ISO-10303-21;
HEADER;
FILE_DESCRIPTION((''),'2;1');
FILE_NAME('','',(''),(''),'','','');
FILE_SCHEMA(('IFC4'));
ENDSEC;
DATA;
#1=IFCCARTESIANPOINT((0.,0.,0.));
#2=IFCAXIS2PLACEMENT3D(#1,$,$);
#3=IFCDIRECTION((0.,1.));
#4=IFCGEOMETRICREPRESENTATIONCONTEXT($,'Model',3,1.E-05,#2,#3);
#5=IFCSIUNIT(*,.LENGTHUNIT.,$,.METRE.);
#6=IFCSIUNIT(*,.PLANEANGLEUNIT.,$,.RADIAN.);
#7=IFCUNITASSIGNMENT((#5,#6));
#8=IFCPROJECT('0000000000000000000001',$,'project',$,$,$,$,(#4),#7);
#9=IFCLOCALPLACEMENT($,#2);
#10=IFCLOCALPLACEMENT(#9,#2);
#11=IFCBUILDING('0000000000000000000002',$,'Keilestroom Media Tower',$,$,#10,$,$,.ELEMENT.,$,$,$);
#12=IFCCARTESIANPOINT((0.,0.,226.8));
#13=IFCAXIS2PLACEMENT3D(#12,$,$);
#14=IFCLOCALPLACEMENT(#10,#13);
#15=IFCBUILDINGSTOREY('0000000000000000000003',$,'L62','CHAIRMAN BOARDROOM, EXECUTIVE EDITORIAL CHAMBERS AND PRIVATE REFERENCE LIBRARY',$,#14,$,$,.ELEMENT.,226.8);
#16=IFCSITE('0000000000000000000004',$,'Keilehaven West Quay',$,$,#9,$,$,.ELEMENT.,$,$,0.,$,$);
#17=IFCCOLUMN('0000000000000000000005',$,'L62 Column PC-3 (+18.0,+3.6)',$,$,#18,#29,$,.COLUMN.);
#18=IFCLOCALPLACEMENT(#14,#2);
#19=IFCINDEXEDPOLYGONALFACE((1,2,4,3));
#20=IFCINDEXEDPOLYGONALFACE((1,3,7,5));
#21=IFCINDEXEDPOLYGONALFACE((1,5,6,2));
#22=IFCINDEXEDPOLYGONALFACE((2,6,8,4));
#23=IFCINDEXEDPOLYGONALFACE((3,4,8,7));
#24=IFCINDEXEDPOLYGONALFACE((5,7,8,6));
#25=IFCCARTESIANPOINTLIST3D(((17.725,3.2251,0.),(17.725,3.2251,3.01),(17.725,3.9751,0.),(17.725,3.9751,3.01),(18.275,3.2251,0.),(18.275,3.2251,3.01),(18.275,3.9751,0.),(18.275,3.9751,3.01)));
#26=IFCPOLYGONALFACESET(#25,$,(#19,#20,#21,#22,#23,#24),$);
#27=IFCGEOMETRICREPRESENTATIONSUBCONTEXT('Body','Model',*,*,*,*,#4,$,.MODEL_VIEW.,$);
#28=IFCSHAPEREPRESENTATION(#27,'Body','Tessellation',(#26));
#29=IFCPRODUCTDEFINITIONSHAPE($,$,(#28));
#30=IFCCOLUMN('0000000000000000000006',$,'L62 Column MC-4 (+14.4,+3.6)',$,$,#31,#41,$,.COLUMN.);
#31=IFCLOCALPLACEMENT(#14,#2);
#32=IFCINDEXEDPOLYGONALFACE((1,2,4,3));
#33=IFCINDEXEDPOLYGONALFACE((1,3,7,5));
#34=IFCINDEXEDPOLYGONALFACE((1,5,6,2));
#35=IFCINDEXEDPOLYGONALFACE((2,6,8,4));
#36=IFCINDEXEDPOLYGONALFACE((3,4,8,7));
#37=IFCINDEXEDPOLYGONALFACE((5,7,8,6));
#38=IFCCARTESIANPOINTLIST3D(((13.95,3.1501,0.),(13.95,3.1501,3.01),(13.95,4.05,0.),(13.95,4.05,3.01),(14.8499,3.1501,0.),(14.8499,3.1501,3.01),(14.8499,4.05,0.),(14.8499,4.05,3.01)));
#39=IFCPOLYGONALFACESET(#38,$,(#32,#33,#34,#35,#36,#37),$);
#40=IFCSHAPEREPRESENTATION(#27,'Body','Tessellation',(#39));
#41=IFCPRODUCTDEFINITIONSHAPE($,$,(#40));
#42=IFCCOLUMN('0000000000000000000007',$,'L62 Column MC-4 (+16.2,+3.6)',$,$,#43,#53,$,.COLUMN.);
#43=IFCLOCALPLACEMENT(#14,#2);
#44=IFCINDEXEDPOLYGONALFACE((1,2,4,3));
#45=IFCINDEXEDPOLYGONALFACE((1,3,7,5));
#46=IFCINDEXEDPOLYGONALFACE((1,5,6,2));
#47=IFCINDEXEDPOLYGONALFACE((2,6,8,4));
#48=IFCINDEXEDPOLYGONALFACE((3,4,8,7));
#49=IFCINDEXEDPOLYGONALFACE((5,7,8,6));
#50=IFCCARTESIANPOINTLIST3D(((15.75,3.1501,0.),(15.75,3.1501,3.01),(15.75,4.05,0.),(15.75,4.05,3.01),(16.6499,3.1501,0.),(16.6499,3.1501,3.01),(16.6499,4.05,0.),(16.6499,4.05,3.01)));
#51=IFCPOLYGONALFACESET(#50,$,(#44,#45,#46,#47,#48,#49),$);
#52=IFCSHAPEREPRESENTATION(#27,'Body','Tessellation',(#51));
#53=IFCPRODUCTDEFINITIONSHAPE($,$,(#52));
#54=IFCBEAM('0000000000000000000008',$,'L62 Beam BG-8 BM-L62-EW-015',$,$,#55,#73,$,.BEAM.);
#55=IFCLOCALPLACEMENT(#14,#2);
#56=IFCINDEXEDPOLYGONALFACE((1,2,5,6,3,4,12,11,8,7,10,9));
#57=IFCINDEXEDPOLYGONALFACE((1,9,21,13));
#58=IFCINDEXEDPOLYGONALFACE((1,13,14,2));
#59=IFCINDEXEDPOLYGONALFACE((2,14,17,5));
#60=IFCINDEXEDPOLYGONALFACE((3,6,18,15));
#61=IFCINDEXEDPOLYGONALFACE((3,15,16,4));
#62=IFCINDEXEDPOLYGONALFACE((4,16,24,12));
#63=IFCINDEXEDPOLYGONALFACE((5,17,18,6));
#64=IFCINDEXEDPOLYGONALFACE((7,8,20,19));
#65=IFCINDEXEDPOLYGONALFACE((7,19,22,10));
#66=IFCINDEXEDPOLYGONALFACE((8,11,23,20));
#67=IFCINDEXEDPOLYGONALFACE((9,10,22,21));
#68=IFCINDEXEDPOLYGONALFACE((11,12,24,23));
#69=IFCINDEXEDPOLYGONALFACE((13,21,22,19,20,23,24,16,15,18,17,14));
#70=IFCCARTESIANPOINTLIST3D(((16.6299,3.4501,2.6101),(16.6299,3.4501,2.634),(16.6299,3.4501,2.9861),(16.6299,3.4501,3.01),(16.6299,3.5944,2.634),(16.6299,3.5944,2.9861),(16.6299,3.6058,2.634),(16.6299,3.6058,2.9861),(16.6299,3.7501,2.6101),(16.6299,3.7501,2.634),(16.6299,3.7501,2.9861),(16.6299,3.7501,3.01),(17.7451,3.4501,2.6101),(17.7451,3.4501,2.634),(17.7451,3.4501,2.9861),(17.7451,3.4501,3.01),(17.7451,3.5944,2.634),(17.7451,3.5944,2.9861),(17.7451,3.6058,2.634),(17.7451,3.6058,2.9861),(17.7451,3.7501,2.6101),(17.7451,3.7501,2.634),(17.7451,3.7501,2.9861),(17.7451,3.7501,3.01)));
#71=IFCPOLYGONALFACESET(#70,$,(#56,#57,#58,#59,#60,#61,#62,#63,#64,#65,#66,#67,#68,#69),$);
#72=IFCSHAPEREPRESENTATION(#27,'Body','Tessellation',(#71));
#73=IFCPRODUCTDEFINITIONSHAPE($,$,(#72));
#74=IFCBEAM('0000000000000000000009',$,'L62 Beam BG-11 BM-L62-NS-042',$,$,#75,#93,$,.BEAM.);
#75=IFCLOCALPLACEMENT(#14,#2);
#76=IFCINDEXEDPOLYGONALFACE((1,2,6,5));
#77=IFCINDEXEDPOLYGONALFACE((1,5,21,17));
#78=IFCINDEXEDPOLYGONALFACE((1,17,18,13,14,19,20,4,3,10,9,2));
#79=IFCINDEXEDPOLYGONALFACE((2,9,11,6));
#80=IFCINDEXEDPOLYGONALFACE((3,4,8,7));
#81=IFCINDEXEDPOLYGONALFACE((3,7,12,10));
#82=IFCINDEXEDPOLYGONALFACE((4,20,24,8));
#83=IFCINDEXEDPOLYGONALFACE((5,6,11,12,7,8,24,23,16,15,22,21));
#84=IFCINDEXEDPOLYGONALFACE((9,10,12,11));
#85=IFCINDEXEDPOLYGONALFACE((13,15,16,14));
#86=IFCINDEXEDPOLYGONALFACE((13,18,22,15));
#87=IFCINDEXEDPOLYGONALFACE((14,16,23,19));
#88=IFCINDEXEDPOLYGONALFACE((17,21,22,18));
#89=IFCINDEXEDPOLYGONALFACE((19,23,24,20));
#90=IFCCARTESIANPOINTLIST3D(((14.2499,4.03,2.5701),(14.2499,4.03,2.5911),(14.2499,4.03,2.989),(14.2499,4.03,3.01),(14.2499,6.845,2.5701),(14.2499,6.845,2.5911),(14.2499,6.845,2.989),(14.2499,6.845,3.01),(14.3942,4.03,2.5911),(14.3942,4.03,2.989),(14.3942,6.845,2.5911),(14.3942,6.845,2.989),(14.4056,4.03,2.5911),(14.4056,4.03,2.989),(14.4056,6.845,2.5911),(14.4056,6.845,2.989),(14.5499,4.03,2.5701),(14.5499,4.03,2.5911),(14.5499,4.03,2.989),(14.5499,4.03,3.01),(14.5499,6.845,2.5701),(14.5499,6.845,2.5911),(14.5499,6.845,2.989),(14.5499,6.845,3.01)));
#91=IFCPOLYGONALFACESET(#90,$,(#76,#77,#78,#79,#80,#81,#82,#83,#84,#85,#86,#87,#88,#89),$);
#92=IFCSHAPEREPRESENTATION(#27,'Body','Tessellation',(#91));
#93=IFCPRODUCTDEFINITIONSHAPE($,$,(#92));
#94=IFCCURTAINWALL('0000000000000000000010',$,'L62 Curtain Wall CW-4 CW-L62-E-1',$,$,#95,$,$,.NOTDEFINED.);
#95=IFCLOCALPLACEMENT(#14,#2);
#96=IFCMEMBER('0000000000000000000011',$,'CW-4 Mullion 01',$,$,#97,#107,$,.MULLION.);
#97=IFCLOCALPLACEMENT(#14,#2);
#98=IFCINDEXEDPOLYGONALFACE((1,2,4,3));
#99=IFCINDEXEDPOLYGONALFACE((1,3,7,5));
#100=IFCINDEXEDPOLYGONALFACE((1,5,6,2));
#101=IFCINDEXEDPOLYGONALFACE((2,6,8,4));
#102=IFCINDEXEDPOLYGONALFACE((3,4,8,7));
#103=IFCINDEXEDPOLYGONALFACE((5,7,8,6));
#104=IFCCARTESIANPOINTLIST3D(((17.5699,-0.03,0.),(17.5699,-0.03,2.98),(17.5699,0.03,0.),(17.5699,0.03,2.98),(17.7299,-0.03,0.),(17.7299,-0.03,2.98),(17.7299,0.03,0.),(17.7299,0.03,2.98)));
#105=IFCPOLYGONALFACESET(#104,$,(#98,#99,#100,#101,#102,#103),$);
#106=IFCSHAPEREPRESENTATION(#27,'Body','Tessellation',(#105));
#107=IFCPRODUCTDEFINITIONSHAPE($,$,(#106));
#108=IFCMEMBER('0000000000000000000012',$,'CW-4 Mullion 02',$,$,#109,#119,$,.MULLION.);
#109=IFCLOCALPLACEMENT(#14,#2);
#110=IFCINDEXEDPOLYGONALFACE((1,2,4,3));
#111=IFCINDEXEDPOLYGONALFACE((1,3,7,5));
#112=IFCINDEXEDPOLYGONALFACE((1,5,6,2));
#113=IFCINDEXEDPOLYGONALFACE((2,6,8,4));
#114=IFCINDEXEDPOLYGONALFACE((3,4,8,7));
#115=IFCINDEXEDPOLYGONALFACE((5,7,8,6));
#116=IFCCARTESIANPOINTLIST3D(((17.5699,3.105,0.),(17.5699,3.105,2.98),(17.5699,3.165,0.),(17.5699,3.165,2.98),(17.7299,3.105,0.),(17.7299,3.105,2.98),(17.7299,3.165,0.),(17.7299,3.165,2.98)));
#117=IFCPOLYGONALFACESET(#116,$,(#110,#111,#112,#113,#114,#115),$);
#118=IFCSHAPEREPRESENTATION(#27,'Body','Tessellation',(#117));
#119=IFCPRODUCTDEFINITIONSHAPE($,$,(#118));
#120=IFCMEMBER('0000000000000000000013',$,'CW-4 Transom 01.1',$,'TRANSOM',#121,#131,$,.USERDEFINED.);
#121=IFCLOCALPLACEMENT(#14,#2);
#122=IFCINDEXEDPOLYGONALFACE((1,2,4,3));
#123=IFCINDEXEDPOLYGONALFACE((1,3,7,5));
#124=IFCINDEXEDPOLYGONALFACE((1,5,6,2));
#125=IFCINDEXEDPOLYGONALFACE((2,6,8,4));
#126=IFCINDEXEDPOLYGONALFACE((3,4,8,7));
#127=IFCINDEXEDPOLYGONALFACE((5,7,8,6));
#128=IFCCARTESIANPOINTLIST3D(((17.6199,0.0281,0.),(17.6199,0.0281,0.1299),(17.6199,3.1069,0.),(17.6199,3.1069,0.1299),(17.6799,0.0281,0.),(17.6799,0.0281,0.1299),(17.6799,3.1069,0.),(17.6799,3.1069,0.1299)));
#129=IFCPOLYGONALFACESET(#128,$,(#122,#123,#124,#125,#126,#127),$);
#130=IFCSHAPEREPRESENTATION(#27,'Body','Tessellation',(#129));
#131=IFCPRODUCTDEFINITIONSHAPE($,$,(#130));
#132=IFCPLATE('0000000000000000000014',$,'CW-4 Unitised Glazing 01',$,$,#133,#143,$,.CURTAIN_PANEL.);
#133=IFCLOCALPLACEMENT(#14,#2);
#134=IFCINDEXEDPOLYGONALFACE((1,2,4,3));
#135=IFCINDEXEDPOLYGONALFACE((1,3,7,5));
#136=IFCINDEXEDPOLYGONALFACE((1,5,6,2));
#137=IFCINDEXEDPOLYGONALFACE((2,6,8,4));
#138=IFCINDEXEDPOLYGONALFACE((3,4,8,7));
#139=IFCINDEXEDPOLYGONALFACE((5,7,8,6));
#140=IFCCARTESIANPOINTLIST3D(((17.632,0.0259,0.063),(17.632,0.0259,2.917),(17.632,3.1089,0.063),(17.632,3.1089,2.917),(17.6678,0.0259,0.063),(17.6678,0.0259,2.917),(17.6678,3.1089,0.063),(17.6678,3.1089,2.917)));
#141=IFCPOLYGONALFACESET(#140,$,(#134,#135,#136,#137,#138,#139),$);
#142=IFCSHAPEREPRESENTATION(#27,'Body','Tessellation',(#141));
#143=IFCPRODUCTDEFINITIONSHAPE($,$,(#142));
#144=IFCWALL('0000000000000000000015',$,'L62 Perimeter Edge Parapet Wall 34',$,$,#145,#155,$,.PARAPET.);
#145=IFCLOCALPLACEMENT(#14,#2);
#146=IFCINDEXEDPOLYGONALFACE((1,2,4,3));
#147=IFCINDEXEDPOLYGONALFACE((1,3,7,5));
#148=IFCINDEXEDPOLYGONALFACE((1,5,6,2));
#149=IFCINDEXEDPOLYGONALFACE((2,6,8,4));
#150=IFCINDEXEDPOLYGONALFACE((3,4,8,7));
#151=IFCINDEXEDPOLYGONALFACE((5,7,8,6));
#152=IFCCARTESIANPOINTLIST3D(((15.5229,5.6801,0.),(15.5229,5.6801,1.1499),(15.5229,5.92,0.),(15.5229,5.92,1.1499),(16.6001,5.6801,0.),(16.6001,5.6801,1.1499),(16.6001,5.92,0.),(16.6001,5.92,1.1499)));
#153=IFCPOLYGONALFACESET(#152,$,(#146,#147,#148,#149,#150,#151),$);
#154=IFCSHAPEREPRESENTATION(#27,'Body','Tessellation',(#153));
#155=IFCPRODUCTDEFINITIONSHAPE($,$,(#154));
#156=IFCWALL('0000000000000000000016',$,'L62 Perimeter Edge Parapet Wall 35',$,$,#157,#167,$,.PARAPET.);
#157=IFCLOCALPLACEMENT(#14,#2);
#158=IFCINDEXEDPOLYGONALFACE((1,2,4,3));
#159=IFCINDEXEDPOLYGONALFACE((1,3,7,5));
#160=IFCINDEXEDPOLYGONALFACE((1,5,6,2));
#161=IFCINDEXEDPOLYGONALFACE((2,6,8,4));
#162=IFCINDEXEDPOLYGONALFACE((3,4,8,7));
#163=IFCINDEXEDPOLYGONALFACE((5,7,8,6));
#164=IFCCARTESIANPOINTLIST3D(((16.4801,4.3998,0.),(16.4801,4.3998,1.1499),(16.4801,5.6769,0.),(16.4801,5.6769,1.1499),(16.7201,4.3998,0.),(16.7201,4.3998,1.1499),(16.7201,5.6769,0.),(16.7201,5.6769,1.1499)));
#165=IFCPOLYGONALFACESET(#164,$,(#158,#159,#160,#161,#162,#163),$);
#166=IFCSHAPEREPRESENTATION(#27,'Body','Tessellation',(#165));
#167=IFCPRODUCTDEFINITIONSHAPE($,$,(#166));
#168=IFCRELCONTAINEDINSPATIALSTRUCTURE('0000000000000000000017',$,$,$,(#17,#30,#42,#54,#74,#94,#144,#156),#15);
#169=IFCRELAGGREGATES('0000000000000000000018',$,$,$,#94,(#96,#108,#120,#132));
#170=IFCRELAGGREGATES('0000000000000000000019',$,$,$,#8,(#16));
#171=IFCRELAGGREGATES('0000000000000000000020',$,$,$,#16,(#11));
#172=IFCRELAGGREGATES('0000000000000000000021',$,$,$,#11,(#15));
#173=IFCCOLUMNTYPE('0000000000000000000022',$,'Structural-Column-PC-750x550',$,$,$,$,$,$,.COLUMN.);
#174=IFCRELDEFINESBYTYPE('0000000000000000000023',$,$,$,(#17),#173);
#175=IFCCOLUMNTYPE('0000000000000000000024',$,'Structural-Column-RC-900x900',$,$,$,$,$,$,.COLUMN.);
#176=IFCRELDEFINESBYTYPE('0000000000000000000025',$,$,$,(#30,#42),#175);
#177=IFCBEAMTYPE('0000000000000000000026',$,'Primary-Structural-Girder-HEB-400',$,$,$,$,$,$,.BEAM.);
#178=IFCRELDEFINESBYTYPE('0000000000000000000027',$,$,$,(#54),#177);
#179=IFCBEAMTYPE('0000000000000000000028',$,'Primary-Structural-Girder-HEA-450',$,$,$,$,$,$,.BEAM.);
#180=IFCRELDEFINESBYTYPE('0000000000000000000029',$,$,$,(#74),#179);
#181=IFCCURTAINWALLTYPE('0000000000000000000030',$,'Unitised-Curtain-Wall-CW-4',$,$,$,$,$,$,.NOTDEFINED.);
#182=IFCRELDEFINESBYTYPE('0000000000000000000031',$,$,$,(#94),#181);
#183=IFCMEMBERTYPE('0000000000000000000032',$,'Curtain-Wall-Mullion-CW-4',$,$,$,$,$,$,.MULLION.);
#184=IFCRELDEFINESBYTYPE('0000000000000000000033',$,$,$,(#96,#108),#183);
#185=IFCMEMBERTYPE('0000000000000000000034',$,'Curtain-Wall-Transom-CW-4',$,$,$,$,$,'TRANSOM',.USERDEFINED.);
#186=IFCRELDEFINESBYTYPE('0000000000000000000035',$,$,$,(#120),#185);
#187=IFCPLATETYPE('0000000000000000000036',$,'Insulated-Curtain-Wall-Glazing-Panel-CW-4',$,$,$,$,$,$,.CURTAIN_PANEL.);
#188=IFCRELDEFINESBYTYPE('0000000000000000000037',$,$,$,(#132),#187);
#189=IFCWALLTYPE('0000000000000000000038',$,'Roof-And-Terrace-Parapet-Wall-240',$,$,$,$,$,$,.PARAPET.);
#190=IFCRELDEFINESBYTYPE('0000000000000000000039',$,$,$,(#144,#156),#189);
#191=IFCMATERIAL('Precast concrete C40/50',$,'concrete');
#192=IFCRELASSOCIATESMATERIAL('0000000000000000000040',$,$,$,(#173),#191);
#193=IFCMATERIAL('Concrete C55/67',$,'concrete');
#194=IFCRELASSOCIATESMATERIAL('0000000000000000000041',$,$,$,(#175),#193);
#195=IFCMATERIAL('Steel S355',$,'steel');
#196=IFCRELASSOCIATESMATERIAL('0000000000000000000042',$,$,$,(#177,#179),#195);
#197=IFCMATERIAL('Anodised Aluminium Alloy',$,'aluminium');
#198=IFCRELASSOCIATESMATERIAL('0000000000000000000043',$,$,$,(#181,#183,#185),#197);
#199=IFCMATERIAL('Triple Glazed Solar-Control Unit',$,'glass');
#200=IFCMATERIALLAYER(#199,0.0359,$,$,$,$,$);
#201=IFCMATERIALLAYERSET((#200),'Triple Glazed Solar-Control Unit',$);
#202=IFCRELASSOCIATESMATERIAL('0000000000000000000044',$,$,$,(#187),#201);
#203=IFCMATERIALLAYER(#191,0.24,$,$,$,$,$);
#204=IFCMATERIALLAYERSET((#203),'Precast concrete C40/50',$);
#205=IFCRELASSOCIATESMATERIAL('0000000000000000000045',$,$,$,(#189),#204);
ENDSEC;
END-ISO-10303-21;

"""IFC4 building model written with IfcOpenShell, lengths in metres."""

from ifc_helpers import new_model, si_unit, direction, frame, frame_2d, origin, origin_2d, place, context, subcontext, project, spatial, rectangle, i_section, extrude, source, transform, mapped, material, layer, layer_set, material_profile, profile_set, type_object, element, aggregate, save


model = new_model("IFC4")

# Units and contexts
model_context = context("Model", 3, precision=1e-05, world=origin(), true_north=direction((0.0, 1.0)))
body_context = subcontext(model_context, "Body", "Model", "MODEL_VIEW")
ifc_project = project(units=[si_unit("LENGTHUNIT", "METRE"), si_unit("PLANEANGLEUNIT", "RADIAN")], contexts=[model_context])

# Site, building, storey
site_placement = place(None, origin())
site = spatial("IfcSite", under=ifc_project, at=site_placement, Name="Keilehaven West Quay", CompositionType="ELEMENT", RefElevation=0.0)
building_placement = place(site_placement, origin())
building = spatial("IfcBuilding", under=site, at=building_placement, Name="Keilestroom Media Tower", CompositionType="ELEMENT")
storey_placement = place(building_placement, frame((0.0, 0.0, 226.8)))
storey = spatial("IfcBuildingStorey", under=building, at=storey_placement, Name="L62", Description="CHAIRMAN BOARDROOM, EXECUTIVE EDITORIAL CHAMBERS AND PRIVATE REFERENCE LIBRARY", CompositionType="ELEMENT", Elevation=226.8)

# Columns
ifc_material_1 = material(Name="Precast concrete C40/50", Category="concrete")
ifc_material_profile_1 = material_profile(ifc_material_1, rectangle(XDim=0.55, YDim=0.75, at=origin_2d()), Name="PC 750x550")
ifc_profile_set_1 = profile_set([ifc_material_profile_1], Name="Precast concrete C40/50")
column_type_1 = type_object("IfcColumnType", Name="Structural-Column-PC-750x550", PredefinedType="COLUMN", material=ifc_profile_set_1)
shared_shape_1 = source(origin(), body_context, "Body", "SweptSolid", [
    extrude(rectangle(XDim=0.55, YDim=0.75, at=origin_2d()), origin(), (0.0, 0.0, 1.0), 3.01),
])
column_placement = place(storey_placement, frame((18.0, 3.6001, 0.0), z_axis=(0.0, 0.0, 1.0), x_axis=(1.0, 0.0, 0.0)))
element("IfcColumn", 1, at=column_placement, inside=storey, type_object=column_type_1, Name="L62 Column PC-3 (+18.0,+3.6)", PredefinedType="COLUMN", context=body_context, shape_type="MappedRepresentation", body=[
    mapped(shared_shape_1, transform((0.0, 0.0, 0.0), x_axis=(1.0, 0.0, 0.0), y_axis=(0.0, 1.0, 0.0), z_axis=(0.0, 0.0, 1.0), scale=1.0)),
])
ifc_material_2 = material(Name="Concrete C55/67", Category="concrete")
ifc_material_profile_2 = material_profile(ifc_material_2, rectangle(XDim=0.8999, YDim=0.8999, at=origin_2d()), Name="RC 900x900")
ifc_profile_set_2 = profile_set([ifc_material_profile_2], Name="Concrete C55/67")
column_type_2 = type_object("IfcColumnType", Name="Structural-Column-RC-900x900", PredefinedType="COLUMN", material=ifc_profile_set_2)
shared_shape_2 = source(origin(), body_context, "Body", "SweptSolid", [
    extrude(rectangle(XDim=0.8999, YDim=0.8999, at=origin_2d()), origin(), (0.0, 0.0, 1.0), 3.01),
])
for number, where, z_axis, x_axis, name in (
    (2, (14.3999, 3.6001, 0.0), (0.0, 0.0, 1.0), (1.0, 0.0, 0.0), "L62 Column MC-4 (+14.4,+3.6)"),
    (3, (16.2, 3.6001, 0.0), (0.0, 0.0, 1.0), (1.0, 0.0, 0.0), "L62 Column MC-4 (+16.2,+3.6)"),
):
    element("IfcColumn", number, at=place(storey_placement, frame(where, z_axis=z_axis, x_axis=x_axis)), inside=storey, type_object=column_type_2, Name=name, PredefinedType="COLUMN", context=body_context, shape_type="MappedRepresentation", body=[
        mapped(shared_shape_2, transform((0.0, 0.0, 0.0), x_axis=(1.0, 0.0, 0.0), y_axis=(0.0, 1.0, 0.0), z_axis=(0.0, 0.0, 1.0), scale=1.0)),
    ])

# Beams
ifc_material_3 = material(Name="Steel S355", Category="steel")
ifc_material_profile_3 = material_profile(ifc_material_3, i_section(OverallWidth=0.3, OverallDepth=0.3999, WebThickness=0.0115, FlangeThickness=0.0239, at=origin_2d()), Name="HEB 400")
ifc_profile_set_3 = profile_set([ifc_material_profile_3], Name="Steel S355")
beam_type_1 = type_object("IfcBeamType", Name="Primary-Structural-Girder-HEB-400", PredefinedType="BEAM", material=ifc_profile_set_3)
shared_shape_3 = source(origin(), body_context, "Body", "SweptSolid", [
    extrude(i_section(OverallWidth=0.3, OverallDepth=0.3999, WebThickness=0.0115, FlangeThickness=0.0239, at=origin_2d()), origin(), (0.0, 0.0, 1.0), 1.1152),
])
beam_1_placement = place(storey_placement, frame((16.6299, 3.6001, 2.8101), z_axis=(1.0, 0.0, 0.0), x_axis=(0.0, 1.0, 0.0)))
element("IfcBeam", 4, at=beam_1_placement, inside=storey, type_object=beam_type_1, Name="L62 Beam BG-8 BM-L62-EW-015", PredefinedType="BEAM", context=body_context, shape_type="MappedRepresentation", body=[
    mapped(shared_shape_3, transform((0.0, 0.0, 0.0), x_axis=(1.0, 0.0, 0.0), y_axis=(0.0, 1.0, 0.0), z_axis=(0.0, 0.0, 1.0), scale=1.0)),
])
ifc_material_profile_4 = material_profile(ifc_material_3, i_section(OverallWidth=0.3, OverallDepth=0.4399, WebThickness=0.0115, FlangeThickness=0.021, at=origin_2d()), Name="HEA 450")
ifc_profile_set_4 = profile_set([ifc_material_profile_4], Name="Steel S355")
beam_type_2 = type_object("IfcBeamType", Name="Primary-Structural-Girder-HEA-450", PredefinedType="BEAM", material=ifc_profile_set_4)
shared_shape_4 = source(origin(), body_context, "Body", "SweptSolid", [
    extrude(i_section(OverallWidth=0.3, OverallDepth=0.4399, WebThickness=0.0115, FlangeThickness=0.021, at=origin_2d()), origin(), (0.0, 0.0, 1.0), 2.8149),
])
beam_2_placement = place(storey_placement, frame((14.3999, 4.03, 2.79), z_axis=(0.0, 1.0, 0.0), x_axis=(-1.0, 0.0, 0.0)))
element("IfcBeam", 5, at=beam_2_placement, inside=storey, type_object=beam_type_2, Name="L62 Beam BG-11 BM-L62-NS-042", PredefinedType="BEAM", context=body_context, shape_type="MappedRepresentation", body=[
    mapped(shared_shape_4, transform((0.0, 0.0, 0.0), x_axis=(1.0, 0.0, 0.0), y_axis=(0.0, 1.0, 0.0), z_axis=(0.0, 0.0, 1.0), scale=1.0)),
])

# Curtain wall, members, plate
ifc_material_4 = material(Name="Anodised Aluminium Alloy", Category="aluminium")
curtain_wall_type = type_object("IfcCurtainWallType", Name="Unitised-Curtain-Wall-CW-4", PredefinedType="NOTDEFINED", material=ifc_material_4)
curtain_wall_placement = place(storey_placement, origin())
curtain_wall = element("IfcCurtainWall", 6, at=curtain_wall_placement, inside=storey, type_object=curtain_wall_type, Name="L62 Curtain Wall CW-4 CW-L62-E-1", PredefinedType="NOTDEFINED")
ifc_material_profile_5 = material_profile(ifc_material_4, rectangle(XDim=0.0601, YDim=0.1599, at=origin_2d()), Name="ALU MULLION 60x160")
ifc_profile_set_5 = profile_set([ifc_material_profile_5], Name="Anodised Aluminium Alloy")
member_type_1 = type_object("IfcMemberType", Name="Curtain-Wall-Mullion-CW-4", PredefinedType="MULLION", material=ifc_profile_set_5)
shared_shape_5 = source(origin(), body_context, "Body", "SweptSolid", [
    extrude(rectangle(XDim=0.0601, YDim=0.1599, at=origin_2d()), origin(), (0.0, 0.0, 1.0), 2.98),
])
member_1_placement = place(storey_placement, frame((17.6499, 0.0, 0.0), z_axis=(0.0, 0.0, 1.0), x_axis=(0.0, 1.0, 0.0)))
member_1 = element("IfcMember", 7, at=member_1_placement, type_object=member_type_1, Name="CW-4 Mullion 01", PredefinedType="MULLION", context=body_context, shape_type="MappedRepresentation", body=[
    mapped(shared_shape_5, transform((0.0, 0.0, 0.0), x_axis=(1.0, 0.0, 0.0), y_axis=(0.0, 1.0, 0.0), z_axis=(0.0, 0.0, 1.0), scale=1.0)),
])
member_2_placement = place(storey_placement, frame((17.6499, 3.135, 0.0), z_axis=(0.0, 0.0, 1.0), x_axis=(0.0, 1.0, 0.0)))
member_2 = element("IfcMember", 8, at=member_2_placement, type_object=member_type_1, Name="CW-4 Mullion 02", PredefinedType="MULLION", context=body_context, shape_type="MappedRepresentation", body=[
    mapped(shared_shape_5, transform((0.0, 0.0, 0.0), x_axis=(1.0, 0.0, 0.0), y_axis=(0.0, 1.0, 0.0), z_axis=(0.0, 0.0, 1.0), scale=1.0)),
])
ifc_material_profile_6 = material_profile(ifc_material_4, rectangle(XDim=0.0601, YDim=0.1299, at=origin_2d()), Name="ALU TRANSOM 60x130")
ifc_profile_set_6 = profile_set([ifc_material_profile_6], Name="Anodised Aluminium Alloy")
member_type_2 = type_object("IfcMemberType", Name="Curtain-Wall-Transom-CW-4", ElementType="TRANSOM", PredefinedType="USERDEFINED", material=ifc_profile_set_6)
shared_shape_6 = source(origin(), body_context, "Body", "SweptSolid", [
    extrude(rectangle(XDim=0.0601, YDim=0.1299, at=origin_2d()), origin(), (0.0, 0.0, 1.0), 3.0789),
])
member_3_placement = place(storey_placement, frame((17.6499, 0.0281, 0.0649), z_axis=(0.0, 1.0, 0.0), x_axis=(-1.0, 0.0, 0.0)))
member_3 = element("IfcMember", 9, at=member_3_placement, type_object=member_type_2, Name="CW-4 Transom 01.1", ObjectType="TRANSOM", PredefinedType="USERDEFINED", context=body_context, shape_type="MappedRepresentation", body=[
    mapped(shared_shape_6, transform((0.0, 0.0, 0.0), x_axis=(1.0, 0.0, 0.0), y_axis=(0.0, 1.0, 0.0), z_axis=(0.0, 0.0, 1.0), scale=1.0)),
])
ifc_material_5 = material(Name="Triple Glazed Solar-Control Unit", Category="glass")
ifc_layer_1 = layer(ifc_material_5, 0.0359)
ifc_layer_set_1 = layer_set([ifc_layer_1], Name="Triple Glazed Solar-Control Unit")
plate_type = type_object("IfcPlateType", Name="Insulated-Curtain-Wall-Glazing-Panel-CW-4", PredefinedType="CURTAIN_PANEL", material=ifc_layer_set_1)
shared_shape_7 = source(origin(), body_context, "Body", "SweptSolid", [
    extrude(rectangle(XDim=3.083, YDim=0.0359, at=origin_2d()), origin(), (0.0, 0.0, 1.0), 2.854),
])
plate_placement = place(storey_placement, frame((17.6499, 1.5674, 0.063), z_axis=(0.0, 0.0, 1.0), x_axis=(0.0, 1.0, 0.0)))
plate = element("IfcPlate", 10, at=plate_placement, type_object=plate_type, Name="CW-4 Unitised Glazing 01", PredefinedType="CURTAIN_PANEL", context=body_context, shape_type="MappedRepresentation", body=[
    mapped(shared_shape_7, transform((0.0, 0.0, 0.0), x_axis=(1.0, 0.0, 0.0), y_axis=(0.0, 1.0, 0.0), z_axis=(0.0, 0.0, 1.0), scale=1.0)),
])
aggregate(curtain_wall, [member_1, member_2, member_3, plate])

# Walls
ifc_layer_2 = layer(ifc_material_1, 0.24)
ifc_layer_set_2 = layer_set([ifc_layer_2], Name="Precast concrete C40/50")
wall_type = type_object("IfcWallType", Name="Roof-And-Terrace-Parapet-Wall-240", PredefinedType="PARAPET", material=ifc_layer_set_2)
wall_1_placement = place(storey_placement, frame((15.5229, 5.8, 0.0), z_axis=(0.0, 0.0, 1.0), x_axis=(1.0, 0.0, 0.0)))
element("IfcWall", 11, at=wall_1_placement, inside=storey, type_object=wall_type, Name="L62 Perimeter Edge Parapet Wall 34", PredefinedType="PARAPET", context=body_context, shape_type="SweptSolid", body=[
    extrude(rectangle(XDim=1.0771, YDim=0.24, at=frame_2d((0.5386, 0.0))), origin(), (0.0, 0.0, 1.0), 1.1499),
])
wall_2_placement = place(storey_placement, frame((16.6001, 5.677, 0.0), z_axis=(0.0, 0.0, 1.0), x_axis=(0.0, -1.0, 0.0)))
element("IfcWall", 12, at=wall_2_placement, inside=storey, type_object=wall_type, Name="L62 Perimeter Edge Parapet Wall 35", PredefinedType="PARAPET", context=body_context, shape_type="SweptSolid", body=[
    extrude(rectangle(XDim=1.2771, YDim=0.24, at=frame_2d((0.6387, 0.0))), origin(), (0.0, 0.0, 1.0), 1.1499),
])

save(model, "model.ifc")
